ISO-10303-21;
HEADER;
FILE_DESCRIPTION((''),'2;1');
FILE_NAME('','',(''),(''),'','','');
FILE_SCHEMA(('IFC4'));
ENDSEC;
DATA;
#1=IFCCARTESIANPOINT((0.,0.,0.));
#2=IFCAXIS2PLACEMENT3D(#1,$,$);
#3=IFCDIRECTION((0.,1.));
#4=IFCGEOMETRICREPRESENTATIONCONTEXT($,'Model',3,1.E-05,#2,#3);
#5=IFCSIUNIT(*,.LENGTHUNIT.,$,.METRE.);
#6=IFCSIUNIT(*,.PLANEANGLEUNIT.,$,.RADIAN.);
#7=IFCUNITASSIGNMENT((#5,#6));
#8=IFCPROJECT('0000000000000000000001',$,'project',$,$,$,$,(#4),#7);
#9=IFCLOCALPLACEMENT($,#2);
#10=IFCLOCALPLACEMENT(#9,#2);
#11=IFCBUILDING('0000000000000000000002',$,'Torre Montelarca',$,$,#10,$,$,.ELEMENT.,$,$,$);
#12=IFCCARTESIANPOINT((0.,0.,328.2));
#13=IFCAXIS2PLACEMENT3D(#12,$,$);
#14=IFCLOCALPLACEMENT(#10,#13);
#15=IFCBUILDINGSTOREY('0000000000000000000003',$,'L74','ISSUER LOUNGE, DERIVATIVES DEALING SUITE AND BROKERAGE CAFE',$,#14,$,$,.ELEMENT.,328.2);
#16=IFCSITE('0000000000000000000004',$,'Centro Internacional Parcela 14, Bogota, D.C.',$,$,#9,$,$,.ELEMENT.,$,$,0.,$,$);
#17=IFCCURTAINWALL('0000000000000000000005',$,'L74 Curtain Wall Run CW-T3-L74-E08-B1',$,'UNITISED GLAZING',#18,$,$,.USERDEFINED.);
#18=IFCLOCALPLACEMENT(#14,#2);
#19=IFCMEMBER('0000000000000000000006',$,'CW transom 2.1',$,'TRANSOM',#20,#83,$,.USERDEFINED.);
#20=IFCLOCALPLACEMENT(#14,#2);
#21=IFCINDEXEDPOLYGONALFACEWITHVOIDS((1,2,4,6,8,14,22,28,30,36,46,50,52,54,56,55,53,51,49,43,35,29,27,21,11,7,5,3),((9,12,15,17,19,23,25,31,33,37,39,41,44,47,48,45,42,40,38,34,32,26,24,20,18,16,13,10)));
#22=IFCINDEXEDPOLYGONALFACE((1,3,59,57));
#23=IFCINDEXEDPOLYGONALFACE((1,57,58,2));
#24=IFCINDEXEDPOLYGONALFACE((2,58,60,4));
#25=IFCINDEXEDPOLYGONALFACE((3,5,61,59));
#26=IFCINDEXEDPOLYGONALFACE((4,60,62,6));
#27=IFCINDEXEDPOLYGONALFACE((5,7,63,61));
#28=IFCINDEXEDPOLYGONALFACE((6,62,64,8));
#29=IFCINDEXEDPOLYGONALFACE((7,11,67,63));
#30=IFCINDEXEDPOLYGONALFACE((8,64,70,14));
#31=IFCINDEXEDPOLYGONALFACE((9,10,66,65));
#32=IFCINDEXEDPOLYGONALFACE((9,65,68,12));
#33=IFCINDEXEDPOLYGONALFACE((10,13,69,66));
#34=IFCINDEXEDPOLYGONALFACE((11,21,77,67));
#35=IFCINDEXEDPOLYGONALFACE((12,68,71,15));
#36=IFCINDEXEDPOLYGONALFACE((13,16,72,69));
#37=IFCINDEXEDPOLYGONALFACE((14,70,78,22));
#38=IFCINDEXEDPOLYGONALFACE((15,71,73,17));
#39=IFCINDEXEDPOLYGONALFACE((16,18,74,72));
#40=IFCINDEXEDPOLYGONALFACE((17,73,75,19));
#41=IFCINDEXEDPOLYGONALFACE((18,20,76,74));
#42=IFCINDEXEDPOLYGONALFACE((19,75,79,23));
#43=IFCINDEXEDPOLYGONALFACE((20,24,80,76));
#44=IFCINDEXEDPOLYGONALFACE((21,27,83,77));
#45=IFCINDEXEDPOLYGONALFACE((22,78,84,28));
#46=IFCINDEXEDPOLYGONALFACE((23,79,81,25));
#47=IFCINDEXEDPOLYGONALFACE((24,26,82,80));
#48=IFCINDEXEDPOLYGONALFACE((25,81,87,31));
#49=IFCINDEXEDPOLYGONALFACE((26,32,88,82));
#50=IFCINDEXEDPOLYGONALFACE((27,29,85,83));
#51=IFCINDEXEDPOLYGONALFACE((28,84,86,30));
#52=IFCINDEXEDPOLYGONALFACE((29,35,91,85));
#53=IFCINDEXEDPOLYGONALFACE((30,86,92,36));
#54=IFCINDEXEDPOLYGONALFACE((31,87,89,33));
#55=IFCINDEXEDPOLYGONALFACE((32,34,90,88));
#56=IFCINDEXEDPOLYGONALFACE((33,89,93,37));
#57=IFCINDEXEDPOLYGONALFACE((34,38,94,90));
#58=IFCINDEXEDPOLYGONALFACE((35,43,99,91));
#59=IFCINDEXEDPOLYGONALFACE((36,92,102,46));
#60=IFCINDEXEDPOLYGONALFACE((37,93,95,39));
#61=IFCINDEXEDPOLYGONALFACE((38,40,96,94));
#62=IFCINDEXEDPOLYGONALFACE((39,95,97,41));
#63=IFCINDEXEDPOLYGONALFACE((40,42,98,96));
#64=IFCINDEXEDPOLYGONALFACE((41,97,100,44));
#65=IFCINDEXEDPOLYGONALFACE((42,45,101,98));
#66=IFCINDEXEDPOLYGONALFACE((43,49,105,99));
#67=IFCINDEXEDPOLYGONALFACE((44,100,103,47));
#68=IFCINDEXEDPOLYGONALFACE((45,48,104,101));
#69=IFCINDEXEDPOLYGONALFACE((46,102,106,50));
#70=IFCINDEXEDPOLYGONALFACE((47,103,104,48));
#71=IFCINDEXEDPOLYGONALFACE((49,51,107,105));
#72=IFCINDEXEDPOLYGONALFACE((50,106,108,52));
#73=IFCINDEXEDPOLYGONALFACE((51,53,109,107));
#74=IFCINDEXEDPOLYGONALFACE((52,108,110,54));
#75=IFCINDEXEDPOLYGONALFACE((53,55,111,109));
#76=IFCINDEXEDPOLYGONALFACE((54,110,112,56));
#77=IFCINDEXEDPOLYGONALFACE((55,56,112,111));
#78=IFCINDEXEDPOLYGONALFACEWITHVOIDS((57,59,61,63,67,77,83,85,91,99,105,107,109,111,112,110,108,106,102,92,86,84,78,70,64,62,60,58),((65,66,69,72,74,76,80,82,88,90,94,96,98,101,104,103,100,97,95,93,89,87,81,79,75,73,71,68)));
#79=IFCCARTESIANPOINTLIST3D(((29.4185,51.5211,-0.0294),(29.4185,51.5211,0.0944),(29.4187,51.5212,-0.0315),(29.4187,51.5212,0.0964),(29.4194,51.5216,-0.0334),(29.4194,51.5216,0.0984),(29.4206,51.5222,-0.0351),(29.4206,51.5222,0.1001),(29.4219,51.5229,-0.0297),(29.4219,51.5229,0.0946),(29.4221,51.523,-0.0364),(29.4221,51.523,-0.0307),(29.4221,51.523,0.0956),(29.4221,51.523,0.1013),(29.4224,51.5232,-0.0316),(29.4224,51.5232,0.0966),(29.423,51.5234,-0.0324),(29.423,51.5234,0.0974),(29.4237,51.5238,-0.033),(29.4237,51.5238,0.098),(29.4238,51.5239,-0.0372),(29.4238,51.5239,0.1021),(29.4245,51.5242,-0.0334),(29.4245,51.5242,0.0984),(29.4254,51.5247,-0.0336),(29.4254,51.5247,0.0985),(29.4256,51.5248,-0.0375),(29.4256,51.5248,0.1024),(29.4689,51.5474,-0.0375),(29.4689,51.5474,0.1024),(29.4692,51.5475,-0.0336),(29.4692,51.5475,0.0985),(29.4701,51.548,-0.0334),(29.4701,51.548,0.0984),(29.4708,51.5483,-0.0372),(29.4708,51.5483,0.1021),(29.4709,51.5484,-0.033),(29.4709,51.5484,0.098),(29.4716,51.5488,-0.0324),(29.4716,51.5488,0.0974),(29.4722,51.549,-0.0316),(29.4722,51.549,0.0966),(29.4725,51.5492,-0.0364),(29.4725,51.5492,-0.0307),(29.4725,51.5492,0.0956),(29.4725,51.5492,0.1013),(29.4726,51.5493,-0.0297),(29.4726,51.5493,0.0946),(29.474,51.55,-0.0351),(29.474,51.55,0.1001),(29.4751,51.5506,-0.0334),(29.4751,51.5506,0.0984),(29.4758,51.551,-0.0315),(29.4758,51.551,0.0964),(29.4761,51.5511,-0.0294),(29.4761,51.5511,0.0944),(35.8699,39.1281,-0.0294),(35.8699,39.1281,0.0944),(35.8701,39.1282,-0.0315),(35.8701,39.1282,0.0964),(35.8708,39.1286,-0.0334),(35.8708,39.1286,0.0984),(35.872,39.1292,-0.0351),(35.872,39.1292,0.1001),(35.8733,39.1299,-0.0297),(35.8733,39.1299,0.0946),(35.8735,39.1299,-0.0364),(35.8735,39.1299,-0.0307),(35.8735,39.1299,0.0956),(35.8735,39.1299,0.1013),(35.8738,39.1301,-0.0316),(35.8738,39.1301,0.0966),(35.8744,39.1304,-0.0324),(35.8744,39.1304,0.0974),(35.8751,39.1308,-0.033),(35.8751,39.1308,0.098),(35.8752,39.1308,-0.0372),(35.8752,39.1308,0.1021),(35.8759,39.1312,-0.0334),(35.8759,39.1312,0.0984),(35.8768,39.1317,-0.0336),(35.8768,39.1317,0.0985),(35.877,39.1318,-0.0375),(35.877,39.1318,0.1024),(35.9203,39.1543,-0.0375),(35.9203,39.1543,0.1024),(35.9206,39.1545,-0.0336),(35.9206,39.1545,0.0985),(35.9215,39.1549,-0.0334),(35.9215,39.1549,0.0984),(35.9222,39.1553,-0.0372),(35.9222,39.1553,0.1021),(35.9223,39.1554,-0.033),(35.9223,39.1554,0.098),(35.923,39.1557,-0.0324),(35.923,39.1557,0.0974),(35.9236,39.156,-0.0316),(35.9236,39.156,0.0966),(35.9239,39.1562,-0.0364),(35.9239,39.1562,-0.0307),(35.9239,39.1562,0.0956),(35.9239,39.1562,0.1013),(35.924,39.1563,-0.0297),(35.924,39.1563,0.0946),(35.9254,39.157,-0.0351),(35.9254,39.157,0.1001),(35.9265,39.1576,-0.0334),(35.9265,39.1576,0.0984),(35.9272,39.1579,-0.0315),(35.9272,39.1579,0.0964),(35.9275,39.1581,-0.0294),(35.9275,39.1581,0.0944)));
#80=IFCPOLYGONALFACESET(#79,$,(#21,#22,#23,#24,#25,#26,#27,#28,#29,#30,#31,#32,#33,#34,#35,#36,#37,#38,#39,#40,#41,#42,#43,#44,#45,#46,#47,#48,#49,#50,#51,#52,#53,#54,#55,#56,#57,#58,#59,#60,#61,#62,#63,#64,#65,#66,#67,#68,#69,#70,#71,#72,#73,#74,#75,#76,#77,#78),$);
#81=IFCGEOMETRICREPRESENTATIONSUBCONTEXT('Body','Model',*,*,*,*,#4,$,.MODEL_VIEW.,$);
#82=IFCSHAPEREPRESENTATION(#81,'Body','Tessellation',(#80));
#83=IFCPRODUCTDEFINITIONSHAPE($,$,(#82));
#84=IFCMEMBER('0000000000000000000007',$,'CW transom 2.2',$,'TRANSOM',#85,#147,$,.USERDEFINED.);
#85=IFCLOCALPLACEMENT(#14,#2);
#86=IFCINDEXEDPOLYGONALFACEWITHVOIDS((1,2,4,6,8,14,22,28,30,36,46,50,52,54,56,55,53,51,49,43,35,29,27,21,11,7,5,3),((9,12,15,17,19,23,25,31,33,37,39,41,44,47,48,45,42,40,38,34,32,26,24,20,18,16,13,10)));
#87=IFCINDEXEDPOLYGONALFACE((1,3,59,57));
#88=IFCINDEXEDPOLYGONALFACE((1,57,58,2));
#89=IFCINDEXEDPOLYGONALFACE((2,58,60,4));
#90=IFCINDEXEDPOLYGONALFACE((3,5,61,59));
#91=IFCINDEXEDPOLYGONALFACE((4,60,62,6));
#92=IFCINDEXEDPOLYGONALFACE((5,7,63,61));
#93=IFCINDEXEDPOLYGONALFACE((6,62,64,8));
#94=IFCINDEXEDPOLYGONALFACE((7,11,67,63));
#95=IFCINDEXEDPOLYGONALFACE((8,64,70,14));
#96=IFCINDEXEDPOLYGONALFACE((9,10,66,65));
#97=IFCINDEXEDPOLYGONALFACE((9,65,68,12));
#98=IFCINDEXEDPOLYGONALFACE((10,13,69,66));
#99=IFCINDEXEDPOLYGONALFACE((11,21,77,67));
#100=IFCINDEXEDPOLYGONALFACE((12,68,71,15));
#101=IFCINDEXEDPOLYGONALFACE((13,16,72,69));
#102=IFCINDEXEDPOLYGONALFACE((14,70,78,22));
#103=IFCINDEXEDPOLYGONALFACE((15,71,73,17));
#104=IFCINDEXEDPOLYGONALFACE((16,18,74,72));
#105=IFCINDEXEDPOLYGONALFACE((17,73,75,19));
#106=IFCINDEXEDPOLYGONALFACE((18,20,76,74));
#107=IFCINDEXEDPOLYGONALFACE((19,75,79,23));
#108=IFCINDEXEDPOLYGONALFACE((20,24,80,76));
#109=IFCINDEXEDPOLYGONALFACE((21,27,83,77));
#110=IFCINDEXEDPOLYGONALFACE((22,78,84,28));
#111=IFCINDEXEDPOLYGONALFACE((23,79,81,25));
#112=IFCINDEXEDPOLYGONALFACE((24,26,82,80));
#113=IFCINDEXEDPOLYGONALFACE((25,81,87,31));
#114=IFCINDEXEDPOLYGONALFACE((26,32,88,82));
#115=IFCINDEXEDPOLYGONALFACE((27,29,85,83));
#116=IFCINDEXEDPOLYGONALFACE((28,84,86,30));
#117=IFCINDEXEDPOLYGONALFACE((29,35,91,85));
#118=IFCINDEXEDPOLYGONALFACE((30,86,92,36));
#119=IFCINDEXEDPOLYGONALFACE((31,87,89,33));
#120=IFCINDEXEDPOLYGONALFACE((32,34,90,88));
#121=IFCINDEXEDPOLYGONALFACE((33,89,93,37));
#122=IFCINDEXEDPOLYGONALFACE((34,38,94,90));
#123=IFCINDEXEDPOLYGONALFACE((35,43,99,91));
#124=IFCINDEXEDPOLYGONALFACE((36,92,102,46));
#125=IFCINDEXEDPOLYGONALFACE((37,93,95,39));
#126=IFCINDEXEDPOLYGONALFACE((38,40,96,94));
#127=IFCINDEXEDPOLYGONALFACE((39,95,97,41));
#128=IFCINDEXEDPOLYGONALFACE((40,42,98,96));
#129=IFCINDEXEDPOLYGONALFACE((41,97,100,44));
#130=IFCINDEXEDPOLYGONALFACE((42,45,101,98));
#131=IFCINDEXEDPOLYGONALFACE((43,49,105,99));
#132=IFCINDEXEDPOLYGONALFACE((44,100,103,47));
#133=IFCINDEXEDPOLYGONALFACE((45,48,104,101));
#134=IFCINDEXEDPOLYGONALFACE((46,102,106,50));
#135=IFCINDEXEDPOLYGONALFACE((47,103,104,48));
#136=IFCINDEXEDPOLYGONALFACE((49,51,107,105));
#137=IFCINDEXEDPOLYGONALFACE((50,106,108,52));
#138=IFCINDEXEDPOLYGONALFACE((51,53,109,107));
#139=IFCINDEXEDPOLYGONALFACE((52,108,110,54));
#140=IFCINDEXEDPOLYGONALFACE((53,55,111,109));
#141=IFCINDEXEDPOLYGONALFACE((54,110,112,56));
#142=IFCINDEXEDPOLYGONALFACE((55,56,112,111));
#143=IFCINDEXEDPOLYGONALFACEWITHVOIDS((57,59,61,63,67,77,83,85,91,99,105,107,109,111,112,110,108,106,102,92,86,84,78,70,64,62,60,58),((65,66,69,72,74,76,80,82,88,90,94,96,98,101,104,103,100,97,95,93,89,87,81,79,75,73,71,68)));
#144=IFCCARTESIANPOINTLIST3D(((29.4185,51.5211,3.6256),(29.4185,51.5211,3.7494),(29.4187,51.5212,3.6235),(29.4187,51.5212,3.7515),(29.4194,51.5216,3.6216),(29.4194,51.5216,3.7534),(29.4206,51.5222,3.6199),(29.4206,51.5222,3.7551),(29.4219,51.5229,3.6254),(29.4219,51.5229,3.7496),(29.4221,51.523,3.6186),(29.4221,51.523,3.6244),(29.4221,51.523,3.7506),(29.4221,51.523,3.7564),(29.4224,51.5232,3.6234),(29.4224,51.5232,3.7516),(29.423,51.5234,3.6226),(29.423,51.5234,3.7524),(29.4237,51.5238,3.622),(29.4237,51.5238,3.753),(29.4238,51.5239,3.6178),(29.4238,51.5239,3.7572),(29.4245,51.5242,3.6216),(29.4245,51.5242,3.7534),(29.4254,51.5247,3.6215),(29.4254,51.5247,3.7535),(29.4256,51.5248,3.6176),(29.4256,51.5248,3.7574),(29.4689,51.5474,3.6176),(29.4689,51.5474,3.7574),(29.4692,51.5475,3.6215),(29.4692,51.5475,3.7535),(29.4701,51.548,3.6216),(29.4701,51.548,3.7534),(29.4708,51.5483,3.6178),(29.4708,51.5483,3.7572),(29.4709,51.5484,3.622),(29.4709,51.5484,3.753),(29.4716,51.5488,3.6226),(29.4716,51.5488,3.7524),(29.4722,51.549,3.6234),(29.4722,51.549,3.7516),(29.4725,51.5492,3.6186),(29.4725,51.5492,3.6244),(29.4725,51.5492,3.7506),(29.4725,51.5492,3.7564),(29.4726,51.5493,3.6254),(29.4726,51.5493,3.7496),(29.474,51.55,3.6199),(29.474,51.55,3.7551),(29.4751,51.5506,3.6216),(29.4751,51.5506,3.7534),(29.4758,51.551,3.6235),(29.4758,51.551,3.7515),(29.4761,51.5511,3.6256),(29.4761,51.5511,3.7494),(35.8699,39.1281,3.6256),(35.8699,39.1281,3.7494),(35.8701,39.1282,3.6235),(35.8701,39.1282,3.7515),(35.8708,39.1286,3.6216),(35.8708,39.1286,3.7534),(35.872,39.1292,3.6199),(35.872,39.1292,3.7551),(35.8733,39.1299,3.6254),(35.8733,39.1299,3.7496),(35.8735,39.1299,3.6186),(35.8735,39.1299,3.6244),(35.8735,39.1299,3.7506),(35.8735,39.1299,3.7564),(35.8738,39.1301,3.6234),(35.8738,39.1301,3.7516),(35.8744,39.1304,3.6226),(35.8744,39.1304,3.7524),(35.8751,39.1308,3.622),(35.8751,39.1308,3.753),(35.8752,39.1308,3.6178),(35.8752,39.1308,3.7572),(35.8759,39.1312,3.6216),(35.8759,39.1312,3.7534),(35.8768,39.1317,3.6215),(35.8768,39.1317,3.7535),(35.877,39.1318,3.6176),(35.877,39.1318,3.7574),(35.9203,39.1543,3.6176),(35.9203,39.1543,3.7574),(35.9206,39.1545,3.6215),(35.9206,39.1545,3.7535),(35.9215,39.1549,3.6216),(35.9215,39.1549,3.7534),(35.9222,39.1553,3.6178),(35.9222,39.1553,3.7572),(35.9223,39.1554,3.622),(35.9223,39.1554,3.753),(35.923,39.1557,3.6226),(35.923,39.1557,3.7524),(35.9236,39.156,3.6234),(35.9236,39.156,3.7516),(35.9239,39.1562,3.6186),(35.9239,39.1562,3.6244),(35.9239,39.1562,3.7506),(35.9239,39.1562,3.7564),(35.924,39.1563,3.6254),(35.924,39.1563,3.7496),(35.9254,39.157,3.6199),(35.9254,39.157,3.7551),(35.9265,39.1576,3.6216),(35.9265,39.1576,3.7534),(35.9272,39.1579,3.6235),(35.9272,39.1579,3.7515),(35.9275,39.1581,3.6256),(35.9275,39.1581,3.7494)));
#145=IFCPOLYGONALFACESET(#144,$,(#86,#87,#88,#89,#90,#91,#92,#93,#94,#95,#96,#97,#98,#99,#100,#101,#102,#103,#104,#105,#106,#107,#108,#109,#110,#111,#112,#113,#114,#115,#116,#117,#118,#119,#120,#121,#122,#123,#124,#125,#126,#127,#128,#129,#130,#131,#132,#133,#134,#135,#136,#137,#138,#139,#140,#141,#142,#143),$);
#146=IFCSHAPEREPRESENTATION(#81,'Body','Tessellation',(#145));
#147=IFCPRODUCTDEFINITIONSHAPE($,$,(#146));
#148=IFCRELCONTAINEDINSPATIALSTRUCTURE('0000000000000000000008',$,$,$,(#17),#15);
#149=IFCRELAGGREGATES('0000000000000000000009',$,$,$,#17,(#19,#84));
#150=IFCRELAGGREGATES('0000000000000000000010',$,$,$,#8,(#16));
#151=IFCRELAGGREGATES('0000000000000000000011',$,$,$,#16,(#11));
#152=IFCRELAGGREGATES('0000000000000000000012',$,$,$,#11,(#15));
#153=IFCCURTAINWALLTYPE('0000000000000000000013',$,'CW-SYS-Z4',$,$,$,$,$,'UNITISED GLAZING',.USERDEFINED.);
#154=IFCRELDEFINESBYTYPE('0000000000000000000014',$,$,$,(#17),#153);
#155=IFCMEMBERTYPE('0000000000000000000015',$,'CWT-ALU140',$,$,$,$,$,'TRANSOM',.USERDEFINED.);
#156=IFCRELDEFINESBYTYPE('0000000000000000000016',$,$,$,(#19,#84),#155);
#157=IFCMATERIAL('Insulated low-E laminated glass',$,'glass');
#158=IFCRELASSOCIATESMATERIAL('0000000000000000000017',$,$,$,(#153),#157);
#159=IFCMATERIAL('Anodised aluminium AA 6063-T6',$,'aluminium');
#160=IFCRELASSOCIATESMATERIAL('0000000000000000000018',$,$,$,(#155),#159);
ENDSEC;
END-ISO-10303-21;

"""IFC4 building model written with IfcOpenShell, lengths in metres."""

from ifc_helpers import new_model, si_unit, direction, frame, origin, origin_2d, place, context, subcontext, project, spatial, hollow_rectangle, extrude, source, transform, mapped, material, material_profile, profile_set, type_object, element, aggregate, save


model = new_model("IFC4")

# Units and contexts
model_context = context("Model", 3, precision=1e-05, world=origin(), true_north=direction((0.0, 1.0)))
body_context = subcontext(model_context, "Body", "Model", "MODEL_VIEW")
ifc_project = project(units=[si_unit("LENGTHUNIT", "METRE"), si_unit("PLANEANGLEUNIT", "RADIAN")], contexts=[model_context])

# Site, building, storey
site_placement = place(None, origin())
site = spatial("IfcSite", under=ifc_project, at=site_placement, Name="Centro Internacional Parcela 14, Bogota, D.C.", CompositionType="ELEMENT", RefElevation=0.0)
building_placement = place(site_placement, origin())
building = spatial("IfcBuilding", under=site, at=building_placement, Name="Torre Montelarca", CompositionType="ELEMENT")
storey_placement = place(building_placement, frame((0.0, 0.0, 328.2)))
storey = spatial("IfcBuildingStorey", under=building, at=storey_placement, Name="L74", Description="ISSUER LOUNGE, DERIVATIVES DEALING SUITE AND BROKERAGE CAFE", CompositionType="ELEMENT", Elevation=328.2)

# Curtain wall
ifc_material_1 = material(Name="Insulated low-E laminated glass", Category="glass")
curtain_wall_type = type_object("IfcCurtainWallType", Name="CW-SYS-Z4", ElementType="UNITISED GLAZING", PredefinedType="USERDEFINED", material=ifc_material_1)
curtain_wall_1_placement = place(storey_placement, origin())
curtain_wall_1 = element("IfcCurtainWall", 1, at=curtain_wall_1_placement, inside=storey, type_object=curtain_wall_type, Name="L74 Curtain Wall Run CW-T3-L74-E08-B1", ObjectType="UNITISED GLAZING", PredefinedType="USERDEFINED")
ifc_material_2 = material(Name="Anodised aluminium AA 6063-T6", Category="aluminium")
ifc_material_profile_1 = material_profile(ifc_material_2, hollow_rectangle(XDim=0.0649, YDim=0.1399, WallThickness=0.0039, InnerFilletRadius=0.0039, OuterFilletRadius=0.0081, at=origin_2d()), Name="ALU65X140X4", Category="aluminium")
ifc_profile_set_1 = profile_set([ifc_material_profile_1], Name="Anodised aluminium AA 6063-T6")
member_type_1 = type_object("IfcMemberType", Name="CWT-ALU140", ElementType="TRANSOM", PredefinedType="USERDEFINED", material=ifc_profile_set_1)

# Members
shared_shape_1 = source(origin(), body_context, "Body", "SweptSolid", [
    extrude(hollow_rectangle(XDim=0.0649, YDim=0.1399, WallThickness=0.0039, InnerFilletRadius=0.0039, OuterFilletRadius=0.0081, at=origin_2d()), origin(), (0.0, 0.0, 1.0), 13.9717),
])
member_1_placement = place(storey_placement, frame((35.8987, 39.1431, 0.0325), z_axis=(-0.461748, 0.887011, 0.0), x_axis=(-0.887011, -0.461748, 0.0)))
member_1 = element("IfcMember", 2, at=member_1_placement, type_object=member_type_1, Name="CW transom 2.1", ObjectType="TRANSOM", PredefinedType="USERDEFINED", context=body_context, shape_type="MappedRepresentation", body=[
    mapped(shared_shape_1, transform((0.0, 0.0, 0.0), scale=1.0)),
])
member_2_placement = place(storey_placement, frame((35.8987, 39.1431, 3.6875), z_axis=(-0.461748, 0.887011, 0.0), x_axis=(-0.887011, -0.461748, 0.0)))
member_2 = element("IfcMember", 3, at=member_2_placement, type_object=member_type_1, Name="CW transom 2.2", ObjectType="TRANSOM", PredefinedType="USERDEFINED", context=body_context, shape_type="MappedRepresentation", body=[
    mapped(shared_shape_1, transform((0.0, 0.0, 0.0), scale=1.0)),
])

aggregate(curtain_wall_1, [member_1, member_2])

save(model, "model.ifc")
